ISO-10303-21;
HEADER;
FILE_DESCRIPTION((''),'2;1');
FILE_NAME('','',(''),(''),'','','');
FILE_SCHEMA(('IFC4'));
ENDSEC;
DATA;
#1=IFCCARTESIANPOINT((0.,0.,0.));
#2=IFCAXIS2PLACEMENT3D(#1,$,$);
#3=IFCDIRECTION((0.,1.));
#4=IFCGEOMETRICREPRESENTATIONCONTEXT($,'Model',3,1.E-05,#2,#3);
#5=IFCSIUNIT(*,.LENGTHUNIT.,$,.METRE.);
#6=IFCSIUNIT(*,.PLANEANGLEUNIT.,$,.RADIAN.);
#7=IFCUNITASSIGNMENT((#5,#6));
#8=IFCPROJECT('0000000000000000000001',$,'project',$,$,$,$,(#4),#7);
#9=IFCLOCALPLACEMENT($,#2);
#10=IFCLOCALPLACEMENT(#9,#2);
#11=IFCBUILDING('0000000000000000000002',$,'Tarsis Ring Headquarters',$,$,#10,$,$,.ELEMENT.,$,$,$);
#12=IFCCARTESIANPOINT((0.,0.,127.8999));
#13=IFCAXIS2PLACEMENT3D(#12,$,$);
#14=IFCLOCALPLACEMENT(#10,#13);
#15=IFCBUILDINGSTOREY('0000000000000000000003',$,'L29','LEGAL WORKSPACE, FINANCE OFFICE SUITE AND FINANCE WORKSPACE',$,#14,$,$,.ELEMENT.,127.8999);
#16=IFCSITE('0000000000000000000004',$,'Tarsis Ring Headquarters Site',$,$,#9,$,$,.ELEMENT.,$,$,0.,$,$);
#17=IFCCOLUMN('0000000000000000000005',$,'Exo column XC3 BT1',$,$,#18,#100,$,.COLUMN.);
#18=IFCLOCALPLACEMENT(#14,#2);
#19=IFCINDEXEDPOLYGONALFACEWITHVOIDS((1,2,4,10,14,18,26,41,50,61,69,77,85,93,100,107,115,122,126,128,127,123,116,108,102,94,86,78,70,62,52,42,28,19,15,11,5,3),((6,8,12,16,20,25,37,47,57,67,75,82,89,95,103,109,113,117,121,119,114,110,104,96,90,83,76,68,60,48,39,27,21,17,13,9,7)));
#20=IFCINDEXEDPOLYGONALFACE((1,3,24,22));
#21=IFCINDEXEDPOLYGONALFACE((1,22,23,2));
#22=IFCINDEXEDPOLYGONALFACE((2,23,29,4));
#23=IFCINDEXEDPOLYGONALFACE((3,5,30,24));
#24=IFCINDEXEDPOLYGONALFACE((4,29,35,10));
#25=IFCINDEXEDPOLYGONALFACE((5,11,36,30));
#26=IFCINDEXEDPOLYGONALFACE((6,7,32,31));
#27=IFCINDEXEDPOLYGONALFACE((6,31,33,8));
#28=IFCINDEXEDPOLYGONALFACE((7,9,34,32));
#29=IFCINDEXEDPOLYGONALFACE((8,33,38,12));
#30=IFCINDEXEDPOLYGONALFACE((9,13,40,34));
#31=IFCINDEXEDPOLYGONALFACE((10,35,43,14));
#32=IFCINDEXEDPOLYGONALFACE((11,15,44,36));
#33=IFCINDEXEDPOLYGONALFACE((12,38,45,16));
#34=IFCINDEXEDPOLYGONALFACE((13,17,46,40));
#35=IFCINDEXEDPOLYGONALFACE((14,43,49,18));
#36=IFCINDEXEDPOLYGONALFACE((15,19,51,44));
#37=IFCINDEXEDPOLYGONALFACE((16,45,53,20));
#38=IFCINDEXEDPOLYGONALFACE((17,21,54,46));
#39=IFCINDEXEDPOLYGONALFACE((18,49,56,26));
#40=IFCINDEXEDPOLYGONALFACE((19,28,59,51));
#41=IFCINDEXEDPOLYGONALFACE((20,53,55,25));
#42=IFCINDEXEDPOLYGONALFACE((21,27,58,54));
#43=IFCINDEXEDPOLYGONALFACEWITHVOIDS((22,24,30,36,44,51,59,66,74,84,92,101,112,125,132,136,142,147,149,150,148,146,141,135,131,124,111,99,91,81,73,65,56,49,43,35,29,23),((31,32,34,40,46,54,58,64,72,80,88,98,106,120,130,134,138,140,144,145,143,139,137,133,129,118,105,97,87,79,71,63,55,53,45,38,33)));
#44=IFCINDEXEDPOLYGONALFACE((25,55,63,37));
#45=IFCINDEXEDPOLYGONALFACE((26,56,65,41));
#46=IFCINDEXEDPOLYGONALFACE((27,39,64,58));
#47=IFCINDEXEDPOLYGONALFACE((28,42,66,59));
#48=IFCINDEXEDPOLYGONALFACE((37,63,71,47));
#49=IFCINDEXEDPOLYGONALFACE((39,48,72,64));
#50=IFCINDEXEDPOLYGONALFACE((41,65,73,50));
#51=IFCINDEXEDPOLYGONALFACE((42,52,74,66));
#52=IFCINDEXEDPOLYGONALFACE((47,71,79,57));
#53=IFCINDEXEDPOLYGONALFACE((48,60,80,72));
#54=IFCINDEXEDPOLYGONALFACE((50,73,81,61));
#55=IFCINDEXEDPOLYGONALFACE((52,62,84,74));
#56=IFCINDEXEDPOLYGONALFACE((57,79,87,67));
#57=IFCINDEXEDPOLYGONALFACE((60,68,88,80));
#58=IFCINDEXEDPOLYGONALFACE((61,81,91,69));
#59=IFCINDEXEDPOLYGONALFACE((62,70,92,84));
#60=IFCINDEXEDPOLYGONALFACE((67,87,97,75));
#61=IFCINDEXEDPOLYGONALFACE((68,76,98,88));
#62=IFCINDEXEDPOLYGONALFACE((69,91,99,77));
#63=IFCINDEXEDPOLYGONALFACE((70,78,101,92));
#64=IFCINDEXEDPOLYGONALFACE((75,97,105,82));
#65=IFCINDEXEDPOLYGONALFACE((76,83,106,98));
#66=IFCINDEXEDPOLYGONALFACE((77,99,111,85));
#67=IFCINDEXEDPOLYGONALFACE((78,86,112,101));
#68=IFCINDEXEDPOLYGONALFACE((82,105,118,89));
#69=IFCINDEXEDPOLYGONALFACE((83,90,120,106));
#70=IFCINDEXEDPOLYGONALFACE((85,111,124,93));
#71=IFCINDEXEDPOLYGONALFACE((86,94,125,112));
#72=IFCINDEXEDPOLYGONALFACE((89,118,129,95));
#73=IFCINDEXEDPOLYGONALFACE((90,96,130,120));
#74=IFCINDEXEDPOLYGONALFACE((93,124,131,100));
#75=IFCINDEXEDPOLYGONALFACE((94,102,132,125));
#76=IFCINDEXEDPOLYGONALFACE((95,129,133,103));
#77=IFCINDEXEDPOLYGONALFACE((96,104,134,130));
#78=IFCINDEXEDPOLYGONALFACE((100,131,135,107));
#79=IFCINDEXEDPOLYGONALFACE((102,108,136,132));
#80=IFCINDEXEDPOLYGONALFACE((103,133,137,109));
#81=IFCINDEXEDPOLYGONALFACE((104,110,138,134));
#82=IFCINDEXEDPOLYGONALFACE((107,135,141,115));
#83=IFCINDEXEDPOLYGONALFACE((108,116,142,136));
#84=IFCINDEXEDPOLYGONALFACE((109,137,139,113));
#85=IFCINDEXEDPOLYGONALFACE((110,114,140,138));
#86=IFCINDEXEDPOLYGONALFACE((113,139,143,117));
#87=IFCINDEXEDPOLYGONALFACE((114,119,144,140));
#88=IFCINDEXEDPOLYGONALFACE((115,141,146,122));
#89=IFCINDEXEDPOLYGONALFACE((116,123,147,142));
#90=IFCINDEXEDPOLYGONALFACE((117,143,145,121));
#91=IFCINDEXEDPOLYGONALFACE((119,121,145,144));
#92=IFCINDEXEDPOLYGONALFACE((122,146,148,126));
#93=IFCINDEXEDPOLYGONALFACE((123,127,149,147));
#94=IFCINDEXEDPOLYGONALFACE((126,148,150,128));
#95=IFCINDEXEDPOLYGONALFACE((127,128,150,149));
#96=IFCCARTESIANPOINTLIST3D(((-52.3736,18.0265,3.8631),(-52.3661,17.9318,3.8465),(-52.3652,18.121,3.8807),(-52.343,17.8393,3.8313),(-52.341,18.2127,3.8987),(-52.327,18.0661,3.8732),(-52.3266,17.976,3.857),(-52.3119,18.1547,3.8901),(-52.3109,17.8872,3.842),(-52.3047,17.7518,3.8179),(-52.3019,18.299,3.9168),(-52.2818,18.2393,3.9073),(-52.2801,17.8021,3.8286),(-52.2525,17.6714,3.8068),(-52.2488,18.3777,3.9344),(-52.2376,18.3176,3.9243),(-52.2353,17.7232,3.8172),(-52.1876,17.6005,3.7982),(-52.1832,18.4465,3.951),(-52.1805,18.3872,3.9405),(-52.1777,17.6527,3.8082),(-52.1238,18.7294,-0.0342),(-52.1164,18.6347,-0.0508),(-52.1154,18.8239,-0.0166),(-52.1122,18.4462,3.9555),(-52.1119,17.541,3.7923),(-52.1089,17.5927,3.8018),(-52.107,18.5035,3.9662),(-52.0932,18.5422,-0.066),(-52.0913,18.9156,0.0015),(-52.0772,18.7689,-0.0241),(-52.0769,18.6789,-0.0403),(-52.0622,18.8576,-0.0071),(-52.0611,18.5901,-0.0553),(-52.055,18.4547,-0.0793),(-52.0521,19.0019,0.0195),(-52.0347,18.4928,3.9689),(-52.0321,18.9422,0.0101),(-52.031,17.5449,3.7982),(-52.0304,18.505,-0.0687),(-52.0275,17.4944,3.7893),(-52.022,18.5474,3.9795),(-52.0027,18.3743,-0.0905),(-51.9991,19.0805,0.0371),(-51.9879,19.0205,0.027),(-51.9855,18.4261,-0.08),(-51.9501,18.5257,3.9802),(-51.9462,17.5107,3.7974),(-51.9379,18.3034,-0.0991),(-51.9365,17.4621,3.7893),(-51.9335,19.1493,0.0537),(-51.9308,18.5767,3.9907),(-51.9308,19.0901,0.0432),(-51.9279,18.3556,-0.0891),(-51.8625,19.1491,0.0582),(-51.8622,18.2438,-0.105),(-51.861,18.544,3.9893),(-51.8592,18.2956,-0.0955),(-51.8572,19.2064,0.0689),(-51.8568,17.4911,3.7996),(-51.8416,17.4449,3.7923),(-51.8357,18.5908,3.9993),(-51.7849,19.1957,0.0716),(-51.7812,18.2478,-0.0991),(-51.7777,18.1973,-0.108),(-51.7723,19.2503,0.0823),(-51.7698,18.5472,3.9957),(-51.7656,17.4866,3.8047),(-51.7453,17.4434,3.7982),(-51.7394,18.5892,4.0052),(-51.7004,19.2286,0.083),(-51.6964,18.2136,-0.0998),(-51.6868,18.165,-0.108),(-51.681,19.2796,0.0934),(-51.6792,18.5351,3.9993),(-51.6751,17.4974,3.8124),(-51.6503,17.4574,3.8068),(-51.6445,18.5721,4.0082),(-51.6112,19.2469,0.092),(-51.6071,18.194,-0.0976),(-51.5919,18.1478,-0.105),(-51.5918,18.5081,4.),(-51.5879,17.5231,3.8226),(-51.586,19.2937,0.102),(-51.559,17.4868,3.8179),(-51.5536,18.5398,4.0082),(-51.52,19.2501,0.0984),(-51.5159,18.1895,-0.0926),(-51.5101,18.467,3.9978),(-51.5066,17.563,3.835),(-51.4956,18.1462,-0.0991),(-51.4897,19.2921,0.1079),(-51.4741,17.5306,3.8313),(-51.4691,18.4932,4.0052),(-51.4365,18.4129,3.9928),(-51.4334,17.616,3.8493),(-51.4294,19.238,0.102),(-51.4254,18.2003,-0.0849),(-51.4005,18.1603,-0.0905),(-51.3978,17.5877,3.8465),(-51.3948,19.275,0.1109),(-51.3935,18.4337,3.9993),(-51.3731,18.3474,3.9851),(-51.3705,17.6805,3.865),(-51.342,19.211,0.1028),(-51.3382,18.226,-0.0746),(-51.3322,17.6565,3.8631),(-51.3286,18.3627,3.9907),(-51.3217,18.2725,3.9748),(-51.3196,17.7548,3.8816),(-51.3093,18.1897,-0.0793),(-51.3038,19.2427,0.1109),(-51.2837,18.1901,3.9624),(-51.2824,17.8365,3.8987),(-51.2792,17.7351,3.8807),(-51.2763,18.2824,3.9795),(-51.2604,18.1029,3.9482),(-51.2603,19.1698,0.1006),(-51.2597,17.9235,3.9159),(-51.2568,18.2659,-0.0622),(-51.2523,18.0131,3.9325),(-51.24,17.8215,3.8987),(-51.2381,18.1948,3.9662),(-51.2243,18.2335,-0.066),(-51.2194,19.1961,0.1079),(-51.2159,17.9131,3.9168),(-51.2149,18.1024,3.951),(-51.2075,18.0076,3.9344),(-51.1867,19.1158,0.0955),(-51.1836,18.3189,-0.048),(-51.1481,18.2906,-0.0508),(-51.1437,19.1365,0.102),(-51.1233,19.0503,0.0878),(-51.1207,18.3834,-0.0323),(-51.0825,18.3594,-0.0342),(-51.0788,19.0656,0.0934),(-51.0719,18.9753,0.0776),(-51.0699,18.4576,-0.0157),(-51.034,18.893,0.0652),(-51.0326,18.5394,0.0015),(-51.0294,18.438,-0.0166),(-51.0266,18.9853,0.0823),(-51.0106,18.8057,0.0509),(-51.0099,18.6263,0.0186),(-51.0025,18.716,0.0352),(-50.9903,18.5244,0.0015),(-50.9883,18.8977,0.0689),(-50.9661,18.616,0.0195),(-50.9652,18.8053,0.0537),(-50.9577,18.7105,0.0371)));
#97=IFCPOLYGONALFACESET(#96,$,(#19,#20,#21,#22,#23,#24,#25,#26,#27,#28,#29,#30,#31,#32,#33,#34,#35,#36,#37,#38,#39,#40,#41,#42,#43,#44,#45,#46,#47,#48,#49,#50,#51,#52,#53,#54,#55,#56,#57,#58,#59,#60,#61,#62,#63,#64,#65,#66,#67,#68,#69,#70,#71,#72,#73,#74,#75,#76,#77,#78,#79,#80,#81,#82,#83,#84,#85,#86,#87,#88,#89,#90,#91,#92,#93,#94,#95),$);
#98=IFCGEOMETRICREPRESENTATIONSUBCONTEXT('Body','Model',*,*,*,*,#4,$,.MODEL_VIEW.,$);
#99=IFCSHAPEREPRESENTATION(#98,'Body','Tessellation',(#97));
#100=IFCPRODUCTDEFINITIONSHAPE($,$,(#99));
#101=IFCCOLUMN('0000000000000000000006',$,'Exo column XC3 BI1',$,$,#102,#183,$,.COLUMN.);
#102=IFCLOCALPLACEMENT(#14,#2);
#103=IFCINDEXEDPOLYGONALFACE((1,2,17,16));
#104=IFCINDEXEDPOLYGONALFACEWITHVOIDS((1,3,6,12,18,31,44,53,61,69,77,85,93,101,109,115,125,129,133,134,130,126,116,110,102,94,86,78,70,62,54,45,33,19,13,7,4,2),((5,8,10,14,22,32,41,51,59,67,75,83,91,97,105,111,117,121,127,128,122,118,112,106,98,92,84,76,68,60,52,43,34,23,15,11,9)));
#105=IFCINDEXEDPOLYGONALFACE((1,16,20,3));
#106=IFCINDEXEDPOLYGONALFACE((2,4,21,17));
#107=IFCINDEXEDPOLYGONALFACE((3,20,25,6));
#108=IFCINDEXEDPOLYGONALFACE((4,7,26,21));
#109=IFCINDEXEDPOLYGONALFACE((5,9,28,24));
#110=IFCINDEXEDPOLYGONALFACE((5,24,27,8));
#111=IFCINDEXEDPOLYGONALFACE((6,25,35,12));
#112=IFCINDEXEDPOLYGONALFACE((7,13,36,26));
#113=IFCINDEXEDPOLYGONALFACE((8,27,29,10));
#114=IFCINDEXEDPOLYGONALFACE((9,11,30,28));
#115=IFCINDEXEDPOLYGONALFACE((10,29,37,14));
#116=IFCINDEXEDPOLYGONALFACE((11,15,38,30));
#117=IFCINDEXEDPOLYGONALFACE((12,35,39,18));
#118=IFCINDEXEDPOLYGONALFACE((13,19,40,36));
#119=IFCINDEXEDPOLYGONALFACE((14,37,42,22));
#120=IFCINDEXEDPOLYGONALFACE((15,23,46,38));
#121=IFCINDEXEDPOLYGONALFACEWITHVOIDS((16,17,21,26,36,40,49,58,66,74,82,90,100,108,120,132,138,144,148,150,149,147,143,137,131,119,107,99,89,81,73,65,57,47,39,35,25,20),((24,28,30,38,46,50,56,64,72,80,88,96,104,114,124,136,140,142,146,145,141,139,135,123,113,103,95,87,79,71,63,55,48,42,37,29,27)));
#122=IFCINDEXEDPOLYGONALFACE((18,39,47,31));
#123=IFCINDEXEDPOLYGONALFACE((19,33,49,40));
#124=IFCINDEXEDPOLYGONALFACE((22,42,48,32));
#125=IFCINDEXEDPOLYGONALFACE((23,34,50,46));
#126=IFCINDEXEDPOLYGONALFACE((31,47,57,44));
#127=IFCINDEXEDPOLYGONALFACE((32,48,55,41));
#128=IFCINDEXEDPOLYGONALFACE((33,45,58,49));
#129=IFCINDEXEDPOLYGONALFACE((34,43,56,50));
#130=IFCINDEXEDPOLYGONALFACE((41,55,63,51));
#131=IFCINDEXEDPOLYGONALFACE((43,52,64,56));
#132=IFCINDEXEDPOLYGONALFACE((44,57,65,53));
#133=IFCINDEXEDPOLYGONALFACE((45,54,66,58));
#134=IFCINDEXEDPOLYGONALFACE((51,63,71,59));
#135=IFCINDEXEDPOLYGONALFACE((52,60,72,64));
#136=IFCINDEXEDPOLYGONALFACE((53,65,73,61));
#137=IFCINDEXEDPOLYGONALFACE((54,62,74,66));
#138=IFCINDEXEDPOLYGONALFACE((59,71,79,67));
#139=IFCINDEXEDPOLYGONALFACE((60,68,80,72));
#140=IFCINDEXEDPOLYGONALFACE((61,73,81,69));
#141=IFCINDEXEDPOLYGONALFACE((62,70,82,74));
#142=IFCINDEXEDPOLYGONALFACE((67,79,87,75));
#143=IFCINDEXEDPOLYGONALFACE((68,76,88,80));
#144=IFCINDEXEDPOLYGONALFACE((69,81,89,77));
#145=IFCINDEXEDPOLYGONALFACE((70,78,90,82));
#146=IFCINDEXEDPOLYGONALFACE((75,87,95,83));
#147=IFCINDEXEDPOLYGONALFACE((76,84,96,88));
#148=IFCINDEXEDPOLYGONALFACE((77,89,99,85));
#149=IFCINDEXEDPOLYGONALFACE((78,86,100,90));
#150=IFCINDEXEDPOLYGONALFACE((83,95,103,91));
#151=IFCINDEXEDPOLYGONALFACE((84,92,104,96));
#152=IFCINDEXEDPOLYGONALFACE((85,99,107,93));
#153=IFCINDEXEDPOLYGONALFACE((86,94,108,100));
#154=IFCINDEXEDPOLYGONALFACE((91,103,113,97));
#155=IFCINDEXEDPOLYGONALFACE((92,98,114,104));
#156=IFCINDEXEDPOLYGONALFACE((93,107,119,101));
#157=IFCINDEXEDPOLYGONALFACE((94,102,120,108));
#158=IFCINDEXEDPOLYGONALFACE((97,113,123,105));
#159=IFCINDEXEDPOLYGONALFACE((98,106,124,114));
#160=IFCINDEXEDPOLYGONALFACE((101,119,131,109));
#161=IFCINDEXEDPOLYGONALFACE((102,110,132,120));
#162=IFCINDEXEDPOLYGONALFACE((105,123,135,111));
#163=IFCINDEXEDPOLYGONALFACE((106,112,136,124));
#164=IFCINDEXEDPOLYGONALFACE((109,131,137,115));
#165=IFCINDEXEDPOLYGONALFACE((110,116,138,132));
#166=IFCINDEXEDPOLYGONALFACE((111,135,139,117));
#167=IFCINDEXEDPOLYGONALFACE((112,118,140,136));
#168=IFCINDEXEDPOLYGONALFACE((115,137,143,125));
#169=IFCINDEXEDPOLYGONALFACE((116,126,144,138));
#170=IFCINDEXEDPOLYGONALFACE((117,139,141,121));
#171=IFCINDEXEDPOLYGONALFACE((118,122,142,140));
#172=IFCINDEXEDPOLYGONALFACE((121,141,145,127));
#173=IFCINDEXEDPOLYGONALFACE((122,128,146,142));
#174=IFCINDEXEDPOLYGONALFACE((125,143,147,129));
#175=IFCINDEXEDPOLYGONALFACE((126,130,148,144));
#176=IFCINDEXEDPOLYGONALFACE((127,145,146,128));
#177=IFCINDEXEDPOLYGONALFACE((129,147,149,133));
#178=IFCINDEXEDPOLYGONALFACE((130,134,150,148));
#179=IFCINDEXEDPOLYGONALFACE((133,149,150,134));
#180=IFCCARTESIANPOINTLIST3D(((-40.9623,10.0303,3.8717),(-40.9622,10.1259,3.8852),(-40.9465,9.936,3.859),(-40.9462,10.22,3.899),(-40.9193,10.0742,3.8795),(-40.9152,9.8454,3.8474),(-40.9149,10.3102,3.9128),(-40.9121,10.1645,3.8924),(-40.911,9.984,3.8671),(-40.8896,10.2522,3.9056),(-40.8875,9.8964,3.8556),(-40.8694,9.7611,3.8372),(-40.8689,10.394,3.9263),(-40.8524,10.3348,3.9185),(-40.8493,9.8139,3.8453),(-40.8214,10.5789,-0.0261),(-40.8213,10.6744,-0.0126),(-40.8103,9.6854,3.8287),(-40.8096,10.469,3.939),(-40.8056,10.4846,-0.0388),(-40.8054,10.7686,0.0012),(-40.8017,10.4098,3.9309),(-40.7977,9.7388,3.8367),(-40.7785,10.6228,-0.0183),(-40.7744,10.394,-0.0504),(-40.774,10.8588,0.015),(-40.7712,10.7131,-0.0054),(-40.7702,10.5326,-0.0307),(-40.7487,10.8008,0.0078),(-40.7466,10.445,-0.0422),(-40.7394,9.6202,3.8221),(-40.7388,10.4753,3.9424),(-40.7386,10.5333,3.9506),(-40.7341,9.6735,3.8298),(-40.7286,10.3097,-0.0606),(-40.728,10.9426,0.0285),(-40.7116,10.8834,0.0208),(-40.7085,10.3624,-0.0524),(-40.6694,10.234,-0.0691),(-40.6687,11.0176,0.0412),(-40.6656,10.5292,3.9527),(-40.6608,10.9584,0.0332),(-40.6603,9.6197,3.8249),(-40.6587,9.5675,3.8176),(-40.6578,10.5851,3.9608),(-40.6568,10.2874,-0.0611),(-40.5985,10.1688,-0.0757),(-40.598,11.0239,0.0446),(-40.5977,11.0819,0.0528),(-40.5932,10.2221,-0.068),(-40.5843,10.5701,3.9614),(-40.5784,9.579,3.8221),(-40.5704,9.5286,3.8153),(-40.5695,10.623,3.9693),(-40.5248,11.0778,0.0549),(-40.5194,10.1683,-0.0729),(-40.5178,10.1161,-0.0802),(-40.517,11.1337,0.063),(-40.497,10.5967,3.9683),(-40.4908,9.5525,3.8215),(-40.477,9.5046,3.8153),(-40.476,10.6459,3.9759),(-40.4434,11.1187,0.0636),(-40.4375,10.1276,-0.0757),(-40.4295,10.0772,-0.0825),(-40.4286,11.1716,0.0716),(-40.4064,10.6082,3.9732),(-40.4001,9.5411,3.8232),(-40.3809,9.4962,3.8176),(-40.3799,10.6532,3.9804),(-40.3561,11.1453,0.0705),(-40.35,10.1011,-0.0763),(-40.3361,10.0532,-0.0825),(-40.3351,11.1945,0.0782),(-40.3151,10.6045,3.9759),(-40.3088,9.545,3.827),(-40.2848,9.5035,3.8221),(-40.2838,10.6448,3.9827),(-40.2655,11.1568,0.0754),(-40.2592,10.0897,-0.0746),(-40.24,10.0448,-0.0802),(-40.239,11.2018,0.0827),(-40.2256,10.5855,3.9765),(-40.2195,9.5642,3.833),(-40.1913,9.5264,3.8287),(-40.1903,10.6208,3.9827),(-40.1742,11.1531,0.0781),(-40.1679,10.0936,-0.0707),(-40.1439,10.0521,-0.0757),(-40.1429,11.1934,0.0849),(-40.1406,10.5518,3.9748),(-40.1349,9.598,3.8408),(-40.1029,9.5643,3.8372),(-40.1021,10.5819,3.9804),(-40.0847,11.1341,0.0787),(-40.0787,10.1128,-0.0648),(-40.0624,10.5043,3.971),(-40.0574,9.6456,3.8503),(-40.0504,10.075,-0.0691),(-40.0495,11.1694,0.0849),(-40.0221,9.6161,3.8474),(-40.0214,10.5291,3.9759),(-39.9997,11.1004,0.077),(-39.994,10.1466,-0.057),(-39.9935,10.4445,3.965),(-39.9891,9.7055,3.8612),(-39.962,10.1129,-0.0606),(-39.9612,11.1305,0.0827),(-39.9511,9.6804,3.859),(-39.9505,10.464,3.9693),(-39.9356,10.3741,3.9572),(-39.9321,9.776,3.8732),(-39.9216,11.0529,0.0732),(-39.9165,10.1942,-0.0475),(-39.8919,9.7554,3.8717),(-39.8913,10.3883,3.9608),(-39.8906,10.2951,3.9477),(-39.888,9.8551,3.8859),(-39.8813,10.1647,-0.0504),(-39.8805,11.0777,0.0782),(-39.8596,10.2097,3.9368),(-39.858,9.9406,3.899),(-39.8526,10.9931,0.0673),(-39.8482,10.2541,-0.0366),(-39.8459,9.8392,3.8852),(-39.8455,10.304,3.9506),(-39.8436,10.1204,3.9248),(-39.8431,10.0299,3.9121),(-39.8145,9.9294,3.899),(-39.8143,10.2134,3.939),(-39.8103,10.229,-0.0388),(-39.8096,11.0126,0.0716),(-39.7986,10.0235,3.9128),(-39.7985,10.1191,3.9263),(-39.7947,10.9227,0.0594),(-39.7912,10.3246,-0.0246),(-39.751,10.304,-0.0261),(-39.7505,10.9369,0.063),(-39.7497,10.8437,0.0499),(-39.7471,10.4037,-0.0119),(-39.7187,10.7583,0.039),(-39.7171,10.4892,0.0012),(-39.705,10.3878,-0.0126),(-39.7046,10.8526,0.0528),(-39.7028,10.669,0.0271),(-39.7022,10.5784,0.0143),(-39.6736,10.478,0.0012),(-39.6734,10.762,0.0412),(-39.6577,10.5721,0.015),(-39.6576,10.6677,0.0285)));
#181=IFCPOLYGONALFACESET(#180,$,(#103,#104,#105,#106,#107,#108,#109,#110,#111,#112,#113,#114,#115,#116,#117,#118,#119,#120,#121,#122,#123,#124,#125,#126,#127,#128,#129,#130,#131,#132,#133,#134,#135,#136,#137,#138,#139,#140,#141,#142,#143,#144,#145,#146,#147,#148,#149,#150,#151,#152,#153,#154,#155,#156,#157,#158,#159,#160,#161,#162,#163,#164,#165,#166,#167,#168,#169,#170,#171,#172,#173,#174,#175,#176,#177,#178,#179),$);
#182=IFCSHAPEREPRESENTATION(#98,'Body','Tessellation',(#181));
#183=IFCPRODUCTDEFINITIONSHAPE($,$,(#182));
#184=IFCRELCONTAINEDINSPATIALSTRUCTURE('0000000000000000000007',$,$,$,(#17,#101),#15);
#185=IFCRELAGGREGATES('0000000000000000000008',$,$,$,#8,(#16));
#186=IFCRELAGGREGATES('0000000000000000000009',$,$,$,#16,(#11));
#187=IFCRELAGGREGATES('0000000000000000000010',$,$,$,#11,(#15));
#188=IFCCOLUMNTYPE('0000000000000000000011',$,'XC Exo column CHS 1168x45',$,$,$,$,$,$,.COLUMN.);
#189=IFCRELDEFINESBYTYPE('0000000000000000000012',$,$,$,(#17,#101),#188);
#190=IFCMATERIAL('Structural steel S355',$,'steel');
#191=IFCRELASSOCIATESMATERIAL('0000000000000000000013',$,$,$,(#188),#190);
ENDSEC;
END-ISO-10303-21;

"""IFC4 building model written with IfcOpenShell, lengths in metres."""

from ifc_helpers import new_model, si_unit, direction, frame, origin, origin_2d, place, context, subcontext, project, spatial, hollow_circle, extrude, material, material_profile, profile_set, type_object, element, save


model = new_model("IFC4")

# Units and contexts
model_context = context("Model", 3, precision=1e-05, world=origin(), true_north=direction((0.0, 1.0)))
body_context = subcontext(model_context, "Body", "Model", "MODEL_VIEW")
ifc_project = project(units=[si_unit("LENGTHUNIT", "METRE"), si_unit("PLANEANGLEUNIT", "RADIAN")], contexts=[model_context])

# Site, building, storey
site_placement = place(None, origin())
site = spatial("IfcSite", under=ifc_project, at=site_placement, Name="Tarsis Ring Headquarters Site", CompositionType="ELEMENT", RefElevation=0.0)
building_placement = place(site_placement, origin())
building = spatial("IfcBuilding", under=site, at=building_placement, Name="Tarsis Ring Headquarters", CompositionType="ELEMENT")
storey_placement = place(building_placement, frame((0.0, 0.0, 127.8999)))
storey = spatial("IfcBuildingStorey", under=building, at=storey_placement, Name="L29", Description="LEGAL WORKSPACE, FINANCE OFFICE SUITE AND FINANCE WORKSPACE", CompositionType="ELEMENT", Elevation=127.8999)

# Columns
ifc_material_1 = material(Name="Structural steel S355", Category="steel")
ifc_material_profile_1 = material_profile(ifc_material_1, hollow_circle(Radius=0.5842, WallThickness=0.0449, at=origin_2d()), Name="CHS 1168x45")
ifc_profile_set_1 = profile_set([ifc_material_profile_1], Name="Structural steel S355")
column_type = type_object("IfcColumnType", Name="XC Exo column CHS 1168x45", PredefinedType="COLUMN", material=ifc_profile_set_1)
column_1_placement = place(storey_placement, frame((-51.5408, 18.72, 0.0015), z_axis=(-0.062943, -0.177139, 0.982171), x_axis=(0.942281, -0.334822, 0.0)))
element("IfcColumn", 1, at=column_1_placement, inside=storey, type_object=column_type, Name="Exo column XC3 BT1", PredefinedType="COLUMN", context=body_context, shape_type="SweptSolid", body=[
    extrude(hollow_circle(Radius=0.5842, WallThickness=0.0449, at=origin_2d()), origin(), (0.0, 0.0, 1.0), 3.968),
])
column_2_placement = place(storey_placement, frame((-40.2395, 10.6233, 0.0012), z_axis=(-0.035766, -0.139283, 0.989607), x_axis=(0.968576, -0.248718, 0.0)))
element("IfcColumn", 2, at=column_2_placement, inside=storey, type_object=column_type, Name="Exo column XC3 BI1", PredefinedType="COLUMN", context=body_context, shape_type="SweptSolid", body=[
    extrude(hollow_circle(Radius=0.5842, WallThickness=0.0449, at=origin_2d()), origin(), (0.0, 0.0, 1.0), 3.9387),
])

save(model, "model.ifc")
